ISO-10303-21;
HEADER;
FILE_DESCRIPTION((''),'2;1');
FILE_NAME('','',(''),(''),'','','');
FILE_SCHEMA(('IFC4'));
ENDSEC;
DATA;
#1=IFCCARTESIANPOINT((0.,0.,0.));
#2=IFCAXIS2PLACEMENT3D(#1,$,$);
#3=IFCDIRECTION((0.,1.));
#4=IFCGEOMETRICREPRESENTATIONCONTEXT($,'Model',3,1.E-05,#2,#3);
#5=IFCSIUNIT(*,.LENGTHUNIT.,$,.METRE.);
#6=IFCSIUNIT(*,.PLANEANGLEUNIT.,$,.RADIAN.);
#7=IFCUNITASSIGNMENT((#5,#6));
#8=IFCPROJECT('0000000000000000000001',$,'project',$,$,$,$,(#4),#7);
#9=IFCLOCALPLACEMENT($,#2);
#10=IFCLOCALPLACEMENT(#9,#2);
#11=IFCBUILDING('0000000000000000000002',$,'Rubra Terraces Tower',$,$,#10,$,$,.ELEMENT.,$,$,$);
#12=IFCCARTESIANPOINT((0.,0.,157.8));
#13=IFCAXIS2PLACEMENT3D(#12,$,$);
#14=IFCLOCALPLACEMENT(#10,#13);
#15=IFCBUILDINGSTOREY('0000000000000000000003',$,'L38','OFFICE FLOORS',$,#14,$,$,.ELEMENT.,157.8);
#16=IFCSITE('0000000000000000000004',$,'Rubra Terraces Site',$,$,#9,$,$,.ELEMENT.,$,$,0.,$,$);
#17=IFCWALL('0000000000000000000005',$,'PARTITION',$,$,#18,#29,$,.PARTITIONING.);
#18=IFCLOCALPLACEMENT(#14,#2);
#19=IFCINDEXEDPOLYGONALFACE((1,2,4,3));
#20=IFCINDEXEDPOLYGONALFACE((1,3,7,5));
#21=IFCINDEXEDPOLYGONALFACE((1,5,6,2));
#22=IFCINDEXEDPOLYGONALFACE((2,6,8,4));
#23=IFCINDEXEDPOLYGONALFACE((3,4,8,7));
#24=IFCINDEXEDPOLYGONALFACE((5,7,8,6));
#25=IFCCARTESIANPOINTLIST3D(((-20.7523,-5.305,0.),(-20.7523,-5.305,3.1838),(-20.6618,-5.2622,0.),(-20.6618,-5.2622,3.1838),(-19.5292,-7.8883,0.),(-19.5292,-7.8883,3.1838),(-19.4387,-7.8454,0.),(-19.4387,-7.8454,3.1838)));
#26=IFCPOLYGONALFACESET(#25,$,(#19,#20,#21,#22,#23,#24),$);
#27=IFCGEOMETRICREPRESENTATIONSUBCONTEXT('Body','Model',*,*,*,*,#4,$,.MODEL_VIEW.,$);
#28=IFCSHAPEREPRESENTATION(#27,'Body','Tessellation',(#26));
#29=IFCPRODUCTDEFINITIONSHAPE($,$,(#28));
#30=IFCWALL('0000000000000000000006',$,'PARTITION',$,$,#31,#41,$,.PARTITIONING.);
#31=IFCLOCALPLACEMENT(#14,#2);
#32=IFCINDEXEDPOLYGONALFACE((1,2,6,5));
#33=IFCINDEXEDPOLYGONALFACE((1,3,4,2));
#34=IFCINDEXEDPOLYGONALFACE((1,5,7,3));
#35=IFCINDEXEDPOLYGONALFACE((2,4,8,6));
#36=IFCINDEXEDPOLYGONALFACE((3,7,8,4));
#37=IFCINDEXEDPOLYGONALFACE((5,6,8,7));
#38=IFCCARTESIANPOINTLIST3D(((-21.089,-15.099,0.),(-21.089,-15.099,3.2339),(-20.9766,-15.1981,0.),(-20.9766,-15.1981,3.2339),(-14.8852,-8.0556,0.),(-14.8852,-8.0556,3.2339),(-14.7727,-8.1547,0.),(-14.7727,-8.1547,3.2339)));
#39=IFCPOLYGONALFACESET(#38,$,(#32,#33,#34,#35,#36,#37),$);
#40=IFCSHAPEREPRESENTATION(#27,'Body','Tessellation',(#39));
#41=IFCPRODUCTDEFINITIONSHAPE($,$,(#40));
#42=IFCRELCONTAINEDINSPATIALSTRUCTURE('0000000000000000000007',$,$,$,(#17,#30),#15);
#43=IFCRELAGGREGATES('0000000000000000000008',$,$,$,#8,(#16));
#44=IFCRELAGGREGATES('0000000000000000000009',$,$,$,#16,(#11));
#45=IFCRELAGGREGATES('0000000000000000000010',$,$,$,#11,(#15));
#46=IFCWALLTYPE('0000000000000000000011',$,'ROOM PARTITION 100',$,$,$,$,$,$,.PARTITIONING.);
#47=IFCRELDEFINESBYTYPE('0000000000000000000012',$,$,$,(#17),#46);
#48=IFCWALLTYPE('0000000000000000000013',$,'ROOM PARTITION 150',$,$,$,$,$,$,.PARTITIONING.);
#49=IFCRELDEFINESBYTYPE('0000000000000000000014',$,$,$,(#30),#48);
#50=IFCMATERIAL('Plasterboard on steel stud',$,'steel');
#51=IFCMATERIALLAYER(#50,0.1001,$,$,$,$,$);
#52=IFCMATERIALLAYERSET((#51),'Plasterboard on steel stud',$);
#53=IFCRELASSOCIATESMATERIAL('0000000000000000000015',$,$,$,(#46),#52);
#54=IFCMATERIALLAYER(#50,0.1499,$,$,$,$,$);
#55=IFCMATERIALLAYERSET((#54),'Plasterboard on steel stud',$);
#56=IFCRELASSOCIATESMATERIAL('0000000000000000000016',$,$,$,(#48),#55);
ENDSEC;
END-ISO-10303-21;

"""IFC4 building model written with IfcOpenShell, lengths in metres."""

from ifc_helpers import new_model, si_unit, direction, frame, frame_2d, origin, place, context, subcontext, project, spatial, rectangle, extrude, material, layer, layer_set, type_object, element, save


model = new_model("IFC4")

# Units and contexts
model_context = context("Model", 3, precision=1e-05, world=origin(), true_north=direction((0.0, 1.0)))
body_context = subcontext(model_context, "Body", "Model", "MODEL_VIEW")
ifc_project = project(units=[si_unit("LENGTHUNIT", "METRE"), si_unit("PLANEANGLEUNIT", "RADIAN")], contexts=[model_context])

# Site, building, storey
site_placement = place(None, origin())
site = spatial("IfcSite", under=ifc_project, at=site_placement, Name="Rubra Terraces Site", CompositionType="ELEMENT", RefElevation=0.0)
building_placement = place(site_placement, origin())
building = spatial("IfcBuilding", under=site, at=building_placement, Name="Rubra Terraces Tower", CompositionType="ELEMENT")
storey_placement = place(building_placement, frame((0.0, 0.0, 157.8)))
storey = spatial("IfcBuildingStorey", under=building, at=storey_placement, Name="L38", Description="OFFICE FLOORS", CompositionType="ELEMENT", Elevation=157.8)

# Shared definitions
ifc_material_1 = material(Name="Plasterboard on steel stud", Category="steel")
ifc_layer_1 = layer(ifc_material_1, 0.1001)
ifc_layer_set_1 = layer_set([ifc_layer_1], Name="Plasterboard on steel stud")
wall_type_1 = type_object("IfcWallType", Name="ROOM PARTITION 100", PredefinedType="PARTITIONING", material=ifc_layer_set_1)

# Walls
wall_1_placement = place(storey_placement, frame((-19.4839, -7.8669, 0.0), z_axis=(0.0, 0.0, 1.0), x_axis=(-0.427943, 0.903806, 0.0)))
element("IfcWall", 1, at=wall_1_placement, inside=storey, type_object=wall_type_1, Name="PARTITION", PredefinedType="PARTITIONING", context=body_context, shape_type="SweptSolid", body=[
    extrude(rectangle(XDim=2.8582, YDim=0.1001, at=frame_2d((1.4292, 0.0))), origin(), (0.0, 0.0, 1.0), 3.1838),
])
ifc_layer_2 = layer(ifc_material_1, 0.1499)
ifc_layer_set_2 = layer_set([ifc_layer_2], Name="Plasterboard on steel stud")
wall_type_2 = type_object("IfcWallType", Name="ROOM PARTITION 150", PredefinedType="PARTITIONING", material=ifc_layer_set_2)
wall_2_placement = place(storey_placement, frame((-21.0327, -15.1484, 0.0), z_axis=(0.0, 0.0, 1.0), x_axis=(0.660965, 0.750417, 0.0)))
element("IfcWall", 2, at=wall_2_placement, inside=storey, type_object=wall_type_2, Name="PARTITION", PredefinedType="PARTITIONING", context=body_context, shape_type="SweptSolid", body=[
    extrude(rectangle(XDim=9.386, YDim=0.1499, at=frame_2d((4.6929, 0.0))), origin(), (0.0, 0.0, 1.0), 3.2339),
])

save(model, "model.ifc")
